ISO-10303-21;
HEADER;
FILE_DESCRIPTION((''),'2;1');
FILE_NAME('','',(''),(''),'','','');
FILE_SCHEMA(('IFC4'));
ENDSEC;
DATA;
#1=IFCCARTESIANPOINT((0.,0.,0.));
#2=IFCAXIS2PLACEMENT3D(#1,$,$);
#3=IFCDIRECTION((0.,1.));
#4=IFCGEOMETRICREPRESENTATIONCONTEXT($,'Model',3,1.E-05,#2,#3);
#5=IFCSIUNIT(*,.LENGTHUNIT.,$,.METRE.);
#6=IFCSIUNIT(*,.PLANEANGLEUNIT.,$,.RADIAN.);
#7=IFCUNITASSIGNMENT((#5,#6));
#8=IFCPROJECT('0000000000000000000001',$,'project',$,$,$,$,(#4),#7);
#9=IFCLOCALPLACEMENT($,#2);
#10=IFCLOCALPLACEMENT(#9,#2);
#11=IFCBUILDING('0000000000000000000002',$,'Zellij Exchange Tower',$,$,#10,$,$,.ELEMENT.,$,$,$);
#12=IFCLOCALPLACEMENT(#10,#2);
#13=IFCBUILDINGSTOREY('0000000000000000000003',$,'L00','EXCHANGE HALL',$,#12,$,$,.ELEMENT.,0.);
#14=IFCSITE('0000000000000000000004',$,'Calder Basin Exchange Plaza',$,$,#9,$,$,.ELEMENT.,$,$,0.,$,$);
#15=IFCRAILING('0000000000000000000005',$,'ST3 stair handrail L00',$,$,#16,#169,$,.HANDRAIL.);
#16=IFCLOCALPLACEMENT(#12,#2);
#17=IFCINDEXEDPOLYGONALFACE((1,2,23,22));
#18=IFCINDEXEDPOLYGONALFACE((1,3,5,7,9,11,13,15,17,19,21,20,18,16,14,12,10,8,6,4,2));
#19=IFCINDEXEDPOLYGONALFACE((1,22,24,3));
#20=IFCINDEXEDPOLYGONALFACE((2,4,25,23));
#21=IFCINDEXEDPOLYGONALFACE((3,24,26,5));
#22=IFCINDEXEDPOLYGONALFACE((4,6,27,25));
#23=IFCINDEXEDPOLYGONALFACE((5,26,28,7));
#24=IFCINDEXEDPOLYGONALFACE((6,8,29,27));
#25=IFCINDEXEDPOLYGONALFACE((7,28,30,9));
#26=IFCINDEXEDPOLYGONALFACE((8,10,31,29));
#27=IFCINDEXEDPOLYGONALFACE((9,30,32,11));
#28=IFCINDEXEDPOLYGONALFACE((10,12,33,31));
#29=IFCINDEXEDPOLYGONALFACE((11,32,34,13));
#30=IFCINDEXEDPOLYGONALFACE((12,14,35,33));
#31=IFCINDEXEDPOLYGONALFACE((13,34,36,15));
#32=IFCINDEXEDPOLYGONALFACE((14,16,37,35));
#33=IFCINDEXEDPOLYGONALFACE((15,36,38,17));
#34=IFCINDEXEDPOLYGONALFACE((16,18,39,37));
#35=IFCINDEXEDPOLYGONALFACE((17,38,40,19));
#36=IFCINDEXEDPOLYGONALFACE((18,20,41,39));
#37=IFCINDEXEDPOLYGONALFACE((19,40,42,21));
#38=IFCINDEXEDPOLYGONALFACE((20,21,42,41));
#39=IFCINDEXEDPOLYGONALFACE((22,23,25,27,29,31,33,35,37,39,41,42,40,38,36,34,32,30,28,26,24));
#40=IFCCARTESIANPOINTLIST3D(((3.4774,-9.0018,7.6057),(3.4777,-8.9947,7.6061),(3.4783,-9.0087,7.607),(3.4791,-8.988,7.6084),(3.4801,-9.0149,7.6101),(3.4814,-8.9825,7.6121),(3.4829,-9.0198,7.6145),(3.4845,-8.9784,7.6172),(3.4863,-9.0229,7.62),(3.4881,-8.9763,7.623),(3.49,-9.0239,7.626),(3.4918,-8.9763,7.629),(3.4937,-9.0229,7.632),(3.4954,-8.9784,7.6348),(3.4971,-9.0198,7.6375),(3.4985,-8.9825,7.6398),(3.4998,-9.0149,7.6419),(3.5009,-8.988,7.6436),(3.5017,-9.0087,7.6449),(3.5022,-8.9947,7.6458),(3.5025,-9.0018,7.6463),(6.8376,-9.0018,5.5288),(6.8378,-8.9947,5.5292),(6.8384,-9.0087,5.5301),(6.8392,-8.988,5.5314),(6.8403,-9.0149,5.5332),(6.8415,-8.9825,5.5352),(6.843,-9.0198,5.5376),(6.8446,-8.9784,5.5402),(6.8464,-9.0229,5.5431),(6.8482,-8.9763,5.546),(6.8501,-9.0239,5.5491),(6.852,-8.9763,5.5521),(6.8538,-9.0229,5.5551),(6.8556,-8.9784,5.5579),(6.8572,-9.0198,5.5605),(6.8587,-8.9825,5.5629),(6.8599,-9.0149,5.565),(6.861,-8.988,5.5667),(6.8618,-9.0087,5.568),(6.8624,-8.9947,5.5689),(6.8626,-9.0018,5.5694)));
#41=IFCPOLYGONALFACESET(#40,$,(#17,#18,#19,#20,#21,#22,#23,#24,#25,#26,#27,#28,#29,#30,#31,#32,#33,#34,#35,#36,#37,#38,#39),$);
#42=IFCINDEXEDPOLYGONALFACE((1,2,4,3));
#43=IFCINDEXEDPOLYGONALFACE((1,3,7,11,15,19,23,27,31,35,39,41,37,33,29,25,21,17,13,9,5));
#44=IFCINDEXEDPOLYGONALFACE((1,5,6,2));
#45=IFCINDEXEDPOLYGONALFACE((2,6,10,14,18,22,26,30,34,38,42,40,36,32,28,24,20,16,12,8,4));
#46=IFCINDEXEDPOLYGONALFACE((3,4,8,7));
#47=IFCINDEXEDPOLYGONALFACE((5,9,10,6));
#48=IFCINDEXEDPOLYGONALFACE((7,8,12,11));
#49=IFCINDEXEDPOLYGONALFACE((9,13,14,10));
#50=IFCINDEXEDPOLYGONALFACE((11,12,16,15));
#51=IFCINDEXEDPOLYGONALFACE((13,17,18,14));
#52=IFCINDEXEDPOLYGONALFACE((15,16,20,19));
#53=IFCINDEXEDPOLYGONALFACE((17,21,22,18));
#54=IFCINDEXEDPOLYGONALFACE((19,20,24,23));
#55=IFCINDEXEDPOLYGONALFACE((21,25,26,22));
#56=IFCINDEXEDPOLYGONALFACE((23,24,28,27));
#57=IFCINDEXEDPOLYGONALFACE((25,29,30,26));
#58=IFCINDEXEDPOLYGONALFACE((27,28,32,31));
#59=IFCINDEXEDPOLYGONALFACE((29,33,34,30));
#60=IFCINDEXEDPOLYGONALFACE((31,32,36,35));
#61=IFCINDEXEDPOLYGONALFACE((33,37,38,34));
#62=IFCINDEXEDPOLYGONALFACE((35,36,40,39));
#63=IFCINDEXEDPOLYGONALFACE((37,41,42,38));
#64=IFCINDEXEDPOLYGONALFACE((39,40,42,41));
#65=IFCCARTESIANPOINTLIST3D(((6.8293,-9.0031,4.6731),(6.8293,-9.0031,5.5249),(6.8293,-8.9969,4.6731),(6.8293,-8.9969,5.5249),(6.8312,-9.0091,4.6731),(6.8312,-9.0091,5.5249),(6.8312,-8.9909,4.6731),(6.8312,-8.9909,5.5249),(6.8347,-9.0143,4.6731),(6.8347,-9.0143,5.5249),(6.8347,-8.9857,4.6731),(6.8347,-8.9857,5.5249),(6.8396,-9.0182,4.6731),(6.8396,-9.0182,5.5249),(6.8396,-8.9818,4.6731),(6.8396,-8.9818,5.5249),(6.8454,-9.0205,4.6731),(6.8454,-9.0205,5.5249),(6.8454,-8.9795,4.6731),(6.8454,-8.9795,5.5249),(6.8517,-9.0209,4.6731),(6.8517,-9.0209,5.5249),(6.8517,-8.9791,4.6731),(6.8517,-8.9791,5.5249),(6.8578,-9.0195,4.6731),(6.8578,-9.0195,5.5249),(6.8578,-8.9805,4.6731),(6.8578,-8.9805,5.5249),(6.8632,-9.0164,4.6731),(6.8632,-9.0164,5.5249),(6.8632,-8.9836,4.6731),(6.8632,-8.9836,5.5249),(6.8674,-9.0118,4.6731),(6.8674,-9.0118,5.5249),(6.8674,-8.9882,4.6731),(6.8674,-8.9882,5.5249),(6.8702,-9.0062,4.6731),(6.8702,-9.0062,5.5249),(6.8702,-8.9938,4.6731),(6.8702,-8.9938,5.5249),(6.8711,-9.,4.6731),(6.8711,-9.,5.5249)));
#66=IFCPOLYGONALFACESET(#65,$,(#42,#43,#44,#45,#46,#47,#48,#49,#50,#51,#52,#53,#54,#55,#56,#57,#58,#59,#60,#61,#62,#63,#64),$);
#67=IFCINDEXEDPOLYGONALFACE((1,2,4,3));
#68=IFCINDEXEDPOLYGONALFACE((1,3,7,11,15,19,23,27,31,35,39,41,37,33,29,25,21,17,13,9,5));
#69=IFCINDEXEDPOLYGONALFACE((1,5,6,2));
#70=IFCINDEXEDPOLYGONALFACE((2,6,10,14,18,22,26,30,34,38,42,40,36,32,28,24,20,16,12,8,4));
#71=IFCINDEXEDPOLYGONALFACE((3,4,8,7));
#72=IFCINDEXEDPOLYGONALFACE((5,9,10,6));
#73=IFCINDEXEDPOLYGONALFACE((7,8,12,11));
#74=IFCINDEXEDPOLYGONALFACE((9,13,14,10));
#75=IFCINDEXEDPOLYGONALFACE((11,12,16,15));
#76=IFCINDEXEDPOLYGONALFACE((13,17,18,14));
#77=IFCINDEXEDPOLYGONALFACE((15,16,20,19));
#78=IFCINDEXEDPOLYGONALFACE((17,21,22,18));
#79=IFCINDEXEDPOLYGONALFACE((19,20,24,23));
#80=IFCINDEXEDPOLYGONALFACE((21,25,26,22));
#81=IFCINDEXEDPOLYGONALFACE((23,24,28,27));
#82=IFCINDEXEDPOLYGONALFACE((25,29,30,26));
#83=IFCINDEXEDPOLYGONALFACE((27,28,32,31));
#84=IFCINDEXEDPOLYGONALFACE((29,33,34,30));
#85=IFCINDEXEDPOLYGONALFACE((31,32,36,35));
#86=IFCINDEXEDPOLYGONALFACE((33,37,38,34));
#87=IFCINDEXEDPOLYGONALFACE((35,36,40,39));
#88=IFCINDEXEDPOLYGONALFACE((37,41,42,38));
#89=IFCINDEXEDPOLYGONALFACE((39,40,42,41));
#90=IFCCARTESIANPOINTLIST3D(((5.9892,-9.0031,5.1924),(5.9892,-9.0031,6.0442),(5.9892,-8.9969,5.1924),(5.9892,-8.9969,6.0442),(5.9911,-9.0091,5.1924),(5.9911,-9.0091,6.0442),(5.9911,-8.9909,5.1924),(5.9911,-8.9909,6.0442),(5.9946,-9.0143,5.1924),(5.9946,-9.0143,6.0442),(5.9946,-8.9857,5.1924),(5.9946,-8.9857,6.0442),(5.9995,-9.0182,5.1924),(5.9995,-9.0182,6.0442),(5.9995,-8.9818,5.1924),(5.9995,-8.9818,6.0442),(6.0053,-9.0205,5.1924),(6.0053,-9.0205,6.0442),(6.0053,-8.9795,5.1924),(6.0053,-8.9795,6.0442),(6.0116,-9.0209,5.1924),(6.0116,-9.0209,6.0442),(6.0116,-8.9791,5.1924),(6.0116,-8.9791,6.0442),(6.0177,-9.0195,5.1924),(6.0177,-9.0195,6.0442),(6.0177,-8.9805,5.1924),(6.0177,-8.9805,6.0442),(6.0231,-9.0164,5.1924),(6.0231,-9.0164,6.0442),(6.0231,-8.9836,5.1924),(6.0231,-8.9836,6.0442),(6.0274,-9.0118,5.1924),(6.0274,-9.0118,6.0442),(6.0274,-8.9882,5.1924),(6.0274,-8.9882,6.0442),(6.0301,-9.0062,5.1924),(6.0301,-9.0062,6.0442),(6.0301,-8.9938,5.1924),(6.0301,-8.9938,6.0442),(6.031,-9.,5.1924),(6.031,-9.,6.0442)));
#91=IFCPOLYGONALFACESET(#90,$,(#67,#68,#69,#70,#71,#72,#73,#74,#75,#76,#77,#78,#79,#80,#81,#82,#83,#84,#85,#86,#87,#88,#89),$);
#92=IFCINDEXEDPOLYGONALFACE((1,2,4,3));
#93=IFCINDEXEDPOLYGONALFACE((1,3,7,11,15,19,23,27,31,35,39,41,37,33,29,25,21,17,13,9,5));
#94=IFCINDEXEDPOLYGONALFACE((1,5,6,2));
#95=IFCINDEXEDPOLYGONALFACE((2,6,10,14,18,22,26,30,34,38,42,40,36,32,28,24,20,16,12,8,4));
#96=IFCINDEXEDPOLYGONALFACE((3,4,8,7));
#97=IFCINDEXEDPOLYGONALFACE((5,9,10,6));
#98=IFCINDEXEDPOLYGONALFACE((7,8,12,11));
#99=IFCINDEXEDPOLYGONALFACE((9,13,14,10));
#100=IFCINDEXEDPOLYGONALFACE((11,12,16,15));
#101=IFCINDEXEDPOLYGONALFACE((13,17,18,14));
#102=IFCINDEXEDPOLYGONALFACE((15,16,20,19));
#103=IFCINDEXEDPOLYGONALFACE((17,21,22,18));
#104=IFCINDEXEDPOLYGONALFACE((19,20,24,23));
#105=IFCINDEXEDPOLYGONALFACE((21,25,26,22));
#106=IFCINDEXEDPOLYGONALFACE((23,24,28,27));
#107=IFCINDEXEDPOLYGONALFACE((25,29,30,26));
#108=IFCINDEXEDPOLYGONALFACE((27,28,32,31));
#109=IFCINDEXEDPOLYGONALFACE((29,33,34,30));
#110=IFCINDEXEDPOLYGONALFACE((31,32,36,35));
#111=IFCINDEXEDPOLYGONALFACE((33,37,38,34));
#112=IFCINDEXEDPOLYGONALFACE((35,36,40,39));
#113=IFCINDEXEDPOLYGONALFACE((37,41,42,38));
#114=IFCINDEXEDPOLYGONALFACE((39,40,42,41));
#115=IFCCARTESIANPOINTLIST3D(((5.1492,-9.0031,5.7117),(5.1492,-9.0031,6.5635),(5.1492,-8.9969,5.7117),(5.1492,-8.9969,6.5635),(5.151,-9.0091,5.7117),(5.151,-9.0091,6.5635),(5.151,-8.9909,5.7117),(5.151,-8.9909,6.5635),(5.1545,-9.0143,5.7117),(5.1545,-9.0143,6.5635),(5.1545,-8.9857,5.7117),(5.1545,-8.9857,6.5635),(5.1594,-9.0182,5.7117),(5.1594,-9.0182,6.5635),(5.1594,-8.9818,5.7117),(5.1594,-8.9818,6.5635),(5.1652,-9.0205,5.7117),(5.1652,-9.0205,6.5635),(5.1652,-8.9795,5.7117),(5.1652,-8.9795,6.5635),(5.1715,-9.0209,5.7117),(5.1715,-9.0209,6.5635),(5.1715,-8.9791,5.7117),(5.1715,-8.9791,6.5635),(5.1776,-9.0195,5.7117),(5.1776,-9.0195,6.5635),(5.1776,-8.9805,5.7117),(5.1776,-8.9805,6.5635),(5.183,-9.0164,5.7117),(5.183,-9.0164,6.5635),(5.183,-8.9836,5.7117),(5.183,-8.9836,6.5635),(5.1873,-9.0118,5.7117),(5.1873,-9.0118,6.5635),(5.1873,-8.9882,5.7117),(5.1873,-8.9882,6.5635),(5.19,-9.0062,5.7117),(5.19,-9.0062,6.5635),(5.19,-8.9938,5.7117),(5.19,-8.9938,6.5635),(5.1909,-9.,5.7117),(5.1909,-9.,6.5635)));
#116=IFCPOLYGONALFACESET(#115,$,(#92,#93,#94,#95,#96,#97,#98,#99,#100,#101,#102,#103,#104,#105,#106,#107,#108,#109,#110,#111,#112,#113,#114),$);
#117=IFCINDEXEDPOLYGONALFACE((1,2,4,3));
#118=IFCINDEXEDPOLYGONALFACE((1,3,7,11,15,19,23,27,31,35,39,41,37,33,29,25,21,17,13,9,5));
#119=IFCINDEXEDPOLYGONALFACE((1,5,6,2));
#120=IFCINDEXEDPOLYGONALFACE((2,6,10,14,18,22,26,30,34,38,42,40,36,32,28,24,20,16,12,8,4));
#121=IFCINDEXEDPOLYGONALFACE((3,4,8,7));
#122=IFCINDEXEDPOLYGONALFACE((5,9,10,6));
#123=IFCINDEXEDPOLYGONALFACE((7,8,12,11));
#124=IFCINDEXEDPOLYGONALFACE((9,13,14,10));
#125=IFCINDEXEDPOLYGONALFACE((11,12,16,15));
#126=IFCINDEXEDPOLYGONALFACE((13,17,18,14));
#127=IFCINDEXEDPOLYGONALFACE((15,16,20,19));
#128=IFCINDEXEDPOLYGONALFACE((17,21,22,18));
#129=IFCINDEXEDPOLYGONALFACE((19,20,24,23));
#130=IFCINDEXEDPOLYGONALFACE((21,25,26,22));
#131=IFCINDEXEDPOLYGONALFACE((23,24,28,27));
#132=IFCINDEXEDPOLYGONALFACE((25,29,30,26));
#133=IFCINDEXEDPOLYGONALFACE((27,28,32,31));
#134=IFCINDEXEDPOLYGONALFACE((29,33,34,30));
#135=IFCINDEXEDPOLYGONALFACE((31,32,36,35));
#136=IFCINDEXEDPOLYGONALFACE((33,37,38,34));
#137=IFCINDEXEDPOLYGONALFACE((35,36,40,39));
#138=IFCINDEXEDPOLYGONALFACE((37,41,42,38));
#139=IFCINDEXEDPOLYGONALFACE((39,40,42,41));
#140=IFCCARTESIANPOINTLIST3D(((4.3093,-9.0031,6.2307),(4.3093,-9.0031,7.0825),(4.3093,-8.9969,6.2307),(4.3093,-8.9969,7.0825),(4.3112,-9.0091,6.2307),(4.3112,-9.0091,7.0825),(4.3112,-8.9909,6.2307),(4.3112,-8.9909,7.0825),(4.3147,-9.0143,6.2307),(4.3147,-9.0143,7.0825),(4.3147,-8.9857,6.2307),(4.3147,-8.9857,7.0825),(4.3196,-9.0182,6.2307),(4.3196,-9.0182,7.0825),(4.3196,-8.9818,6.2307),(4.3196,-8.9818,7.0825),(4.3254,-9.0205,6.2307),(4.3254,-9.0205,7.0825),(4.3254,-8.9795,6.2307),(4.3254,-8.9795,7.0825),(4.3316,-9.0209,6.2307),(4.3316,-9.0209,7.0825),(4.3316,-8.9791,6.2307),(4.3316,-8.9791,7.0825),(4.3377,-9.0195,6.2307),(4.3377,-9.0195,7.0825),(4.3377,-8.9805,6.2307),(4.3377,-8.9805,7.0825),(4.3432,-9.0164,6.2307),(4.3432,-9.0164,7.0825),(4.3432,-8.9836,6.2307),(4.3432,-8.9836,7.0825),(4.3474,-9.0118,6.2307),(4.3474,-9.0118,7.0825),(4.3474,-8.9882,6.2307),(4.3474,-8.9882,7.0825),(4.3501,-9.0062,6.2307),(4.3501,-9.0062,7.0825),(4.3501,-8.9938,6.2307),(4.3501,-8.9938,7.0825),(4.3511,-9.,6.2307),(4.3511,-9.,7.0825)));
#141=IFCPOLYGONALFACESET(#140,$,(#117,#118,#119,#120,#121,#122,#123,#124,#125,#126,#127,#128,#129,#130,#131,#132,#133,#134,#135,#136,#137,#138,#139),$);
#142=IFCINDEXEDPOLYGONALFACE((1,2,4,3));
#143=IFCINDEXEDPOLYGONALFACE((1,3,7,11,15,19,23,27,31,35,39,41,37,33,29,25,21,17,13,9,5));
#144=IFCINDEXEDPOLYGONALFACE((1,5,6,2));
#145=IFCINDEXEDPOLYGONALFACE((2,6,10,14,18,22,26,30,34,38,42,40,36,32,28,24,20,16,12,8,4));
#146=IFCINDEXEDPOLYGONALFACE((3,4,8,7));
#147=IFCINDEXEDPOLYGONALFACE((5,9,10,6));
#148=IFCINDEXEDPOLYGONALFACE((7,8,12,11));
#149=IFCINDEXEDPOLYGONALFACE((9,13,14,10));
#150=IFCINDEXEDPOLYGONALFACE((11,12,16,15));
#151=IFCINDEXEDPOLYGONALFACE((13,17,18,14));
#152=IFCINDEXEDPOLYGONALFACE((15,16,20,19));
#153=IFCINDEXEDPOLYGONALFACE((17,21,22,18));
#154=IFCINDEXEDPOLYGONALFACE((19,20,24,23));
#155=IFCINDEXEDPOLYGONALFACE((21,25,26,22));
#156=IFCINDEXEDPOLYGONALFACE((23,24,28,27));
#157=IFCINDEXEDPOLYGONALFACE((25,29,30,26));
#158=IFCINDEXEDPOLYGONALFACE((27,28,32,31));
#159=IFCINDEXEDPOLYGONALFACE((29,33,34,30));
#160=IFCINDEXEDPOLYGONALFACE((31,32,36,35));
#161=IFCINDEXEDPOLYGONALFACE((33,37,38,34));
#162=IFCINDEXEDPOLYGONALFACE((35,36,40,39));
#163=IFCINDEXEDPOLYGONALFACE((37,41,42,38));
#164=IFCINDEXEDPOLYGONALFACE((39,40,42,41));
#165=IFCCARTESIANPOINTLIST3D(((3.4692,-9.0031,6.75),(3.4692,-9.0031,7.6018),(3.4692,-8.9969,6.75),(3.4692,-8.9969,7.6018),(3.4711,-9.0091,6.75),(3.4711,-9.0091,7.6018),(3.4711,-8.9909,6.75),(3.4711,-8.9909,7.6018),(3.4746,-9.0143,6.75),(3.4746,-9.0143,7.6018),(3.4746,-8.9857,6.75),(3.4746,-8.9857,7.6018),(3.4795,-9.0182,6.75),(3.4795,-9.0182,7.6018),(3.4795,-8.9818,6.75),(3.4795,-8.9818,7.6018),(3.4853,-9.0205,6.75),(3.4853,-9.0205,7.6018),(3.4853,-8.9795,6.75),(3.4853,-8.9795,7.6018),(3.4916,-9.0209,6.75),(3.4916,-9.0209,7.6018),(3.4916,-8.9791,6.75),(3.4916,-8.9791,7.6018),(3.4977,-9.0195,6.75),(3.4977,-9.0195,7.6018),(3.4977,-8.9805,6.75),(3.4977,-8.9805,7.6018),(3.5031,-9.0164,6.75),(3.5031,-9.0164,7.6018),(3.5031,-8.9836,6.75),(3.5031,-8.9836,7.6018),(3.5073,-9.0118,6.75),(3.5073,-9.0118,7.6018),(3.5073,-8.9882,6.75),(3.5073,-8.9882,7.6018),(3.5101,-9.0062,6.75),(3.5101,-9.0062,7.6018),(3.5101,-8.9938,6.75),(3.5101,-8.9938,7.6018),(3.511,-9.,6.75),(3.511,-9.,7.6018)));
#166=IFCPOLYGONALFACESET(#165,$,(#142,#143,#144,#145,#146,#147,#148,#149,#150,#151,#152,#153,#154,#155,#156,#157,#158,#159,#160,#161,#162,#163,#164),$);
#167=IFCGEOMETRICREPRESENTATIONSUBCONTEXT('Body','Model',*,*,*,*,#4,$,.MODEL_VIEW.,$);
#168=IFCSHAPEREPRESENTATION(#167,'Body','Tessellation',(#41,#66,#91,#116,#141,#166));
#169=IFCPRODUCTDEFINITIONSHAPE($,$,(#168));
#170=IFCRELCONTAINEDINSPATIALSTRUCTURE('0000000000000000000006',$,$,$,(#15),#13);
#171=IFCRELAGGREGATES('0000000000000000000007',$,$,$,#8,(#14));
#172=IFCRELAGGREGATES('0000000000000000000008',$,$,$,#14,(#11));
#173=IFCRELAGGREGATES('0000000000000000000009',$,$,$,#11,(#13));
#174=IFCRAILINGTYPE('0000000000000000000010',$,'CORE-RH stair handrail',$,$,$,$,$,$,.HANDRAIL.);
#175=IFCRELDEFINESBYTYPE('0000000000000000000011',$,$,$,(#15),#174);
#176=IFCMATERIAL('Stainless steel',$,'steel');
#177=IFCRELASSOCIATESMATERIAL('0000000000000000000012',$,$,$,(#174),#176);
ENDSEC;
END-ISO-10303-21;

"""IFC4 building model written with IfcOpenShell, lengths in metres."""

from ifc_helpers import new_model, si_unit, direction, frame, origin, origin_2d, place, context, subcontext, project, spatial, circle, extrude, material, type_object, element, save


model = new_model("IFC4")

# Units and contexts
model_context = context("Model", 3, precision=1e-05, world=origin(), true_north=direction((0.0, 1.0)))
body_context = subcontext(model_context, "Body", "Model", "MODEL_VIEW")
ifc_project = project(units=[si_unit("LENGTHUNIT", "METRE"), si_unit("PLANEANGLEUNIT", "RADIAN")], contexts=[model_context])

# Site, building, storey
site_placement = place(None, origin())
site = spatial("IfcSite", under=ifc_project, at=site_placement, Name="Calder Basin Exchange Plaza", CompositionType="ELEMENT", RefElevation=0.0)
building_placement = place(site_placement, origin())
building = spatial("IfcBuilding", under=site, at=building_placement, Name="Zellij Exchange Tower", CompositionType="ELEMENT")
storey_placement = place(building_placement, origin())
storey = spatial("IfcBuildingStorey", under=building, at=storey_placement, Name="L00", Description="EXCHANGE HALL", CompositionType="ELEMENT", Elevation=0.0)

# Railing
ifc_material_1 = material(Name="Stainless steel", Category="steel")
railing_type = type_object("IfcRailingType", Name="CORE-RH stair handrail", PredefinedType="HANDRAIL", material=ifc_material_1)
for number, where, name in (
    (1, (6.8501, -9.0, 4.6731), "ST3 stair handrail L00"),
):
    element("IfcRailing", number, at=place(storey_placement, frame(where)), inside=storey, type_object=railing_type, Name=name, PredefinedType="HANDRAIL", context=body_context, shape_type="SweptSolid", body=[
        extrude(circle(Radius=0.0239, at=origin_2d()), frame((0.0, 0.0, 0.876), z_axis=(-0.850623, 0.0, 0.525776), x_axis=(0.0, -1.0, 0.0)), (0.0, 0.0, 1.0), 3.9502),
        extrude(circle(Radius=0.021, at=origin_2d()), origin(), (0.0, 0.0, 1.0), 0.8518),
        extrude(circle(Radius=0.021, at=origin_2d()), frame((-0.8401, 0.0, 0.5193)), (0.0, 0.0, 1.0), 0.8518),
        extrude(circle(Radius=0.021, at=origin_2d()), frame((-1.6802, 0.0, 1.0386)), (0.0, 0.0, 1.0), 0.8518),
        extrude(circle(Radius=0.021, at=origin_2d()), frame((-2.52, 0.0, 1.5576)), (0.0, 0.0, 1.0), 0.8518),
        extrude(circle(Radius=0.021, at=origin_2d()), frame((-3.3601, 0.0, 2.0769)), (0.0, 0.0, 1.0), 0.8518),
    ])

save(model, "model.ifc")
